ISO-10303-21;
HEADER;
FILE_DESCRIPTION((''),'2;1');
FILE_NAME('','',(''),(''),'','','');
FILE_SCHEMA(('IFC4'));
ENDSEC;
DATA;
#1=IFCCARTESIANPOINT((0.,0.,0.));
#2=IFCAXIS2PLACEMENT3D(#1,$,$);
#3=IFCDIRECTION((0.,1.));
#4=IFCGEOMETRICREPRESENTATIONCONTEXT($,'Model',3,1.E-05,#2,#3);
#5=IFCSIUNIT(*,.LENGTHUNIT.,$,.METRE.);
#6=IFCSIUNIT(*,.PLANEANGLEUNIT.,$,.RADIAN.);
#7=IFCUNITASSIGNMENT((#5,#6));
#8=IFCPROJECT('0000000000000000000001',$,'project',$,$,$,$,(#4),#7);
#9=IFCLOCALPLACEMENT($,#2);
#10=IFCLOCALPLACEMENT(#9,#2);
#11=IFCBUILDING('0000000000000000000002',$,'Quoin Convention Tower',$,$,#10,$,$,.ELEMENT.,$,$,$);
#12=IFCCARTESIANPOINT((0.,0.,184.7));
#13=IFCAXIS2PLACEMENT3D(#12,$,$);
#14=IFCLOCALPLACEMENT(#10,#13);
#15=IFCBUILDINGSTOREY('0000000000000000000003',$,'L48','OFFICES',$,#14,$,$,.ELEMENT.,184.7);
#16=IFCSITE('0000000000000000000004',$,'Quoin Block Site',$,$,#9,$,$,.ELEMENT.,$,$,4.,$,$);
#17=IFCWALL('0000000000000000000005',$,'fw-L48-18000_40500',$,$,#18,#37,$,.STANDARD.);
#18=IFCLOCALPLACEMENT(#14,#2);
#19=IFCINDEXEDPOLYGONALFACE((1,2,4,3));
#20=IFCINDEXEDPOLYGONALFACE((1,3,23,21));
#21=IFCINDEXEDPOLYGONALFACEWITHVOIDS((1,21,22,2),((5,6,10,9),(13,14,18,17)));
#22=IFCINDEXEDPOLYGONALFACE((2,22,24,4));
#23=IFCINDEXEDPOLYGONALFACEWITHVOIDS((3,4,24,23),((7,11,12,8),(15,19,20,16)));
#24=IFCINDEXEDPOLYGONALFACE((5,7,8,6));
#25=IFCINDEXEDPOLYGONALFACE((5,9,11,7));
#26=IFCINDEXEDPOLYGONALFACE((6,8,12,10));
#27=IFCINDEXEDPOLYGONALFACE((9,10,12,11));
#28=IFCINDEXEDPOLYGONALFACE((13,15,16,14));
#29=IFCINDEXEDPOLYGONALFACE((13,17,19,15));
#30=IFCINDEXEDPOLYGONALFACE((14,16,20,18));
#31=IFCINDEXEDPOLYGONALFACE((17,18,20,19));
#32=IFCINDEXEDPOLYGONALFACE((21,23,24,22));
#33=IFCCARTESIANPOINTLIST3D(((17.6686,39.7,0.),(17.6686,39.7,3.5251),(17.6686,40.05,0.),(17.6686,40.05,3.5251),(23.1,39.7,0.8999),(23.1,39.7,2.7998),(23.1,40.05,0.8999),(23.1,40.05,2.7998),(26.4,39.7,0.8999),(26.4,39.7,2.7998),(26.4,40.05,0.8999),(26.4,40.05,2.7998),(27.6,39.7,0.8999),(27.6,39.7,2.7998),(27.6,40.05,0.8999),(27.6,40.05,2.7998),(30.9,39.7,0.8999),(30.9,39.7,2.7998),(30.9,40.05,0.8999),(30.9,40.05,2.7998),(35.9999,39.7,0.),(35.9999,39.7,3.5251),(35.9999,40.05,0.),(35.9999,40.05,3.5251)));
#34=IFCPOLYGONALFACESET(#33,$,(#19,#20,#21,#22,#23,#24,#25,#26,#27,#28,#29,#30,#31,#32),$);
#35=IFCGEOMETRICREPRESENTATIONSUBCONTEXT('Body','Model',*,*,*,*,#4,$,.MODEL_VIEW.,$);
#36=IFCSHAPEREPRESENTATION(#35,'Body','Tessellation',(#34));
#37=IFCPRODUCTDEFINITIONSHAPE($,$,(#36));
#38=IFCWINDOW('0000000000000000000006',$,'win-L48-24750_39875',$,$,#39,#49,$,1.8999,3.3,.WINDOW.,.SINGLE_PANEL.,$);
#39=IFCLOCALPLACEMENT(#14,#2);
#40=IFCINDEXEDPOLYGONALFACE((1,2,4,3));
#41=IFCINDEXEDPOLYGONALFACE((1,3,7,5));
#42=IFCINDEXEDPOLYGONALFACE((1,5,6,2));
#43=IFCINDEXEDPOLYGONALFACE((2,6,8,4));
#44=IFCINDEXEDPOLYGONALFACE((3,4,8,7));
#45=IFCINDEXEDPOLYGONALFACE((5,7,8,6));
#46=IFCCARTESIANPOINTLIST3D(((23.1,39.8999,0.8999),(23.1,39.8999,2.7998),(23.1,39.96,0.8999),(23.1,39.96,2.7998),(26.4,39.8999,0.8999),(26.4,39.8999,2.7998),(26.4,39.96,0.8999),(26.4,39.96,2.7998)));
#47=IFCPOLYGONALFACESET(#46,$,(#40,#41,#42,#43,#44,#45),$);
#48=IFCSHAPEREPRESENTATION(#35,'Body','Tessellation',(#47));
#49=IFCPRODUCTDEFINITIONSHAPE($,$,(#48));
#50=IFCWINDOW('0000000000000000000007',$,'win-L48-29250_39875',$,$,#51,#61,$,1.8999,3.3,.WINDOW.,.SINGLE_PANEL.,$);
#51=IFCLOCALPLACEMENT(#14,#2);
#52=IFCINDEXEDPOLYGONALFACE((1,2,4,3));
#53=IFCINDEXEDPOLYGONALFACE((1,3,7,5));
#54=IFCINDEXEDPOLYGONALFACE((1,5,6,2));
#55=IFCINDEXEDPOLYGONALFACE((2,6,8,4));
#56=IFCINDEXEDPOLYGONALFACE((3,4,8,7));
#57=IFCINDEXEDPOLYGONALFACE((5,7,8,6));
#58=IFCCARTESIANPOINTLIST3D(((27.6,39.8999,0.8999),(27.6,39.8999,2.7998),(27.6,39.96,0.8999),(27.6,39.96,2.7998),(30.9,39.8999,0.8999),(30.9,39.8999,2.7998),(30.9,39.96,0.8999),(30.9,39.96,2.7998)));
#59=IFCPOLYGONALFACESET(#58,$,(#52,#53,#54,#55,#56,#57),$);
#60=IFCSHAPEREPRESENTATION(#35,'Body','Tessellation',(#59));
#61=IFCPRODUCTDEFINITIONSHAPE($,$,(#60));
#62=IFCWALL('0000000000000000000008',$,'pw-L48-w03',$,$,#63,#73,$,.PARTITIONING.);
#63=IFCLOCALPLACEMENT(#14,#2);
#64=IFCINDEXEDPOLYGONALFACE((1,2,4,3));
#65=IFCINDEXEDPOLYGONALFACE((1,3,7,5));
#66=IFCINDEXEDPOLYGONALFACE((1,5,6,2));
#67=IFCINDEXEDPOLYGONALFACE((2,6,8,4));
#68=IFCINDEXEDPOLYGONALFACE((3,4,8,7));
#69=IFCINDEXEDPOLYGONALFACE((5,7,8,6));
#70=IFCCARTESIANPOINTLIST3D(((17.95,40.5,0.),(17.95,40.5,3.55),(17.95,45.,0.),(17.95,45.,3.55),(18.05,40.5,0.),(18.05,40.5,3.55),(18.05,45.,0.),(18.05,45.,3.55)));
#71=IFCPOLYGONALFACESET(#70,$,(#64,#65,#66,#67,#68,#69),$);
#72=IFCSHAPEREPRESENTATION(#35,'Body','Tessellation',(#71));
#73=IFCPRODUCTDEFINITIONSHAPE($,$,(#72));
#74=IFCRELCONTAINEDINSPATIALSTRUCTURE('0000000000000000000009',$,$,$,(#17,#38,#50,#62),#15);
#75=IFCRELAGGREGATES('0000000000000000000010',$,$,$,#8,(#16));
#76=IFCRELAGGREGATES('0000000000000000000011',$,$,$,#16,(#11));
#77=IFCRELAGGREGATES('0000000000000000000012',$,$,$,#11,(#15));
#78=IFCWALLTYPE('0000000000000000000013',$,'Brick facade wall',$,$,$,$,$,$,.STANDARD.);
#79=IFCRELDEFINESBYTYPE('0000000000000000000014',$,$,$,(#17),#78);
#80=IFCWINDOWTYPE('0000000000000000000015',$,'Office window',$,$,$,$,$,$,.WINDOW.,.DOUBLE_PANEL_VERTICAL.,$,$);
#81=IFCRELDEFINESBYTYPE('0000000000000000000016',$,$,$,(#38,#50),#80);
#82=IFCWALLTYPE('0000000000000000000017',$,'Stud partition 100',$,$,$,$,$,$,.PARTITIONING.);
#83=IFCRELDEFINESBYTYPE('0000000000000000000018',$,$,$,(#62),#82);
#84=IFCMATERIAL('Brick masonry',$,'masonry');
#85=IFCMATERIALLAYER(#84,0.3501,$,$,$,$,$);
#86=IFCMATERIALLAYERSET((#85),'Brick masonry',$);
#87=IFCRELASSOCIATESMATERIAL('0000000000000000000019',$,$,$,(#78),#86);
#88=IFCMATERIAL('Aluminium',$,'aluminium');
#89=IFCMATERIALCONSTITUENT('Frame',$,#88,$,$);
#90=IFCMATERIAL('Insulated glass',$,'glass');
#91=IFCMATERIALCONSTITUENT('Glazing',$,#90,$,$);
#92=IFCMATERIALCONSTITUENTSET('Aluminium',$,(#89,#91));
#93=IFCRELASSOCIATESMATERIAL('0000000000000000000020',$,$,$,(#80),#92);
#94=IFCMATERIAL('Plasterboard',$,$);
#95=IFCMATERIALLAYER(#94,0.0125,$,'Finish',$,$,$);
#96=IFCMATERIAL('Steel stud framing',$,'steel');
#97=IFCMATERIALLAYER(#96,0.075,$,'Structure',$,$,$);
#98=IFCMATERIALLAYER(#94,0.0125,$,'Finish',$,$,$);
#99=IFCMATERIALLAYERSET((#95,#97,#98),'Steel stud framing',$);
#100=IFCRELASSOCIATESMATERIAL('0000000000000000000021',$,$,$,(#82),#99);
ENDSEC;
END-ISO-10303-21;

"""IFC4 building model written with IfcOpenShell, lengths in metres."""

from ifc_helpers import new_model, si_unit, direction, frame, frame_2d, origin, place, context, subcontext, project, spatial, rectangle, extrude, material, layer, layer_set, constituent, constituent_set, type_object, element, fill, save


model = new_model("IFC4")

# Units and contexts
model_context = context("Model", 3, precision=1e-05, world=origin(), true_north=direction((0.0, 1.0)))
body_context = subcontext(model_context, "Body", "Model", "MODEL_VIEW")
ifc_project = project(units=[si_unit("LENGTHUNIT", "METRE"), si_unit("PLANEANGLEUNIT", "RADIAN")], contexts=[model_context])

# Site, building, storey
site_placement = place(None, origin())
site = spatial("IfcSite", under=ifc_project, at=site_placement, Name="Quoin Block Site", CompositionType="ELEMENT", RefElevation=4.0)
building_placement = place(site_placement, origin())
building = spatial("IfcBuilding", under=site, at=building_placement, Name="Quoin Convention Tower", CompositionType="ELEMENT")
storey_placement = place(building_placement, frame((0.0, 0.0, 184.7)))
storey = spatial("IfcBuildingStorey", under=building, at=storey_placement, Name="L48", Description="OFFICES", CompositionType="ELEMENT", Elevation=184.7)

# Wall, openings, windows
ifc_material_1 = material(Name="Brick masonry", Category="masonry")
ifc_layer_1 = layer(ifc_material_1, 0.3501)
ifc_layer_set_1 = layer_set([ifc_layer_1], Name="Brick masonry")
wall_type_1 = type_object("IfcWallType", Name="Brick facade wall", PredefinedType="STANDARD", material=ifc_layer_set_1)
ifc_material_2 = material(Name="Aluminium", Category="aluminium")
ifc_constituent_1 = constituent(ifc_material_2, Name="Frame")
ifc_material_3 = material(Name="Insulated glass", Category="glass")
ifc_constituent_2 = constituent(ifc_material_3, Name="Glazing")
ifc_constituent_set = constituent_set(constituents=[ifc_constituent_1, ifc_constituent_2], Name="Aluminium")
window_type = type_object("IfcWindowType", Name="Office window", PartitioningType="DOUBLE_PANEL_VERTICAL", PredefinedType="WINDOW", material=ifc_constituent_set)
wall_1_placement = place(storey_placement, frame((17.6687, 39.875, 0.0), z_axis=(0.0, 0.0, 1.0), x_axis=(1.0, 0.0, 0.0)))
wall_1 = element("IfcWall", 1, at=wall_1_placement, inside=storey, type_object=wall_type_1, Name="fw-L48-18000_40500", PredefinedType="STANDARD", context=body_context, shape_type="SweptSolid", body=[
    extrude(rectangle(XDim=18.3313, YDim=0.3501, at=frame_2d((9.1655, 0.0))), origin(), (0.0, 0.0, 1.0), 3.5251),
])
opening_1_placement = place(wall_1_placement, frame((5.4314, 0.0, 0.8999)))
opening_1 = element("IfcOpeningElement", 2, at=opening_1_placement, cuts=wall_1, PredefinedType="OPENING", context=body_context, shape_type="SweptSolid", body=[
    extrude(rectangle(XDim=3.3, YDim=1.8999, at=frame_2d((1.6499, 0.95))), frame((0.0, 0.1851, 0.0), z_axis=(0.0, -1.0, 0.0), x_axis=(1.0, 0.0, 0.0)), (0.0, 0.0, 1.0), 0.3701),
])
opening_2_placement = place(wall_1_placement, frame((9.9314, 0.0, 0.8999)))
opening_2 = element("IfcOpeningElement", 3, at=opening_2_placement, cuts=wall_1, PredefinedType="OPENING", context=body_context, shape_type="SweptSolid", body=[
    extrude(rectangle(XDim=3.3, YDim=1.8999, at=frame_2d((1.6499, 0.95))), frame((0.0, 0.1851, 0.0), z_axis=(0.0, -1.0, 0.0), x_axis=(1.0, 0.0, 0.0)), (0.0, 0.0, 1.0), 0.3701),
])
window_1_placement = place(opening_1_placement, origin())
window_1 = element("IfcWindow", 4, at=window_1_placement, inside=storey, type_object=window_type, Name="win-L48-24750_39875", OverallHeight=1.8999, OverallWidth=3.3, PartitioningType="SINGLE_PANEL", PredefinedType="WINDOW", context=body_context, shape_type="SweptSolid", body=[
    extrude(rectangle(XDim=3.3, YDim=1.8999, at=frame_2d((1.6499, 0.95))), frame((0.0, 0.085, 0.0), z_axis=(0.0, -1.0, 0.0), x_axis=(1.0, 0.0, 0.0)), (0.0, 0.0, 1.0), 0.0601),
])
fill(opening_1, window_1)
window_2_placement = place(opening_2_placement, origin())
window_2 = element("IfcWindow", 5, at=window_2_placement, inside=storey, type_object=window_type, Name="win-L48-29250_39875", OverallHeight=1.8999, OverallWidth=3.3, PartitioningType="SINGLE_PANEL", PredefinedType="WINDOW", context=body_context, shape_type="SweptSolid", body=[
    extrude(rectangle(XDim=3.3, YDim=1.8999, at=frame_2d((1.6499, 0.95))), frame((0.0, 0.085, 0.0), z_axis=(0.0, -1.0, 0.0), x_axis=(1.0, 0.0, 0.0)), (0.0, 0.0, 1.0), 0.0601),
])
fill(opening_2, window_2)

# Wall
ifc_material_4 = material(Name="Plasterboard")
ifc_layer_2 = layer(ifc_material_4, 0.0125, Name="Finish")
ifc_material_5 = material(Name="Steel stud framing", Category="steel")
ifc_layer_3 = layer(ifc_material_5, 0.075, Name="Structure")
ifc_layer_4 = layer(ifc_material_4, 0.0125, Name="Finish")
ifc_layer_set_2 = layer_set([ifc_layer_2, ifc_layer_3, ifc_layer_4], Name="Steel stud framing")
wall_type_2 = type_object("IfcWallType", Name="Stud partition 100", PredefinedType="PARTITIONING", material=ifc_layer_set_2)
wall_2_placement = place(storey_placement, frame((18.0, 40.5, 0.0), z_axis=(0.0, 0.0, 1.0), x_axis=(0.0, 1.0, 0.0)))
element("IfcWall", 6, at=wall_2_placement, inside=storey, type_object=wall_type_2, Name="pw-L48-w03", PredefinedType="PARTITIONING", context=body_context, shape_type="SweptSolid", body=[
    extrude(rectangle(XDim=4.5, YDim=0.1001, at=frame_2d((2.25, 0.0))), origin(), (0.0, 0.0, 1.0), 3.55),
])

save(model, "model.ifc")
